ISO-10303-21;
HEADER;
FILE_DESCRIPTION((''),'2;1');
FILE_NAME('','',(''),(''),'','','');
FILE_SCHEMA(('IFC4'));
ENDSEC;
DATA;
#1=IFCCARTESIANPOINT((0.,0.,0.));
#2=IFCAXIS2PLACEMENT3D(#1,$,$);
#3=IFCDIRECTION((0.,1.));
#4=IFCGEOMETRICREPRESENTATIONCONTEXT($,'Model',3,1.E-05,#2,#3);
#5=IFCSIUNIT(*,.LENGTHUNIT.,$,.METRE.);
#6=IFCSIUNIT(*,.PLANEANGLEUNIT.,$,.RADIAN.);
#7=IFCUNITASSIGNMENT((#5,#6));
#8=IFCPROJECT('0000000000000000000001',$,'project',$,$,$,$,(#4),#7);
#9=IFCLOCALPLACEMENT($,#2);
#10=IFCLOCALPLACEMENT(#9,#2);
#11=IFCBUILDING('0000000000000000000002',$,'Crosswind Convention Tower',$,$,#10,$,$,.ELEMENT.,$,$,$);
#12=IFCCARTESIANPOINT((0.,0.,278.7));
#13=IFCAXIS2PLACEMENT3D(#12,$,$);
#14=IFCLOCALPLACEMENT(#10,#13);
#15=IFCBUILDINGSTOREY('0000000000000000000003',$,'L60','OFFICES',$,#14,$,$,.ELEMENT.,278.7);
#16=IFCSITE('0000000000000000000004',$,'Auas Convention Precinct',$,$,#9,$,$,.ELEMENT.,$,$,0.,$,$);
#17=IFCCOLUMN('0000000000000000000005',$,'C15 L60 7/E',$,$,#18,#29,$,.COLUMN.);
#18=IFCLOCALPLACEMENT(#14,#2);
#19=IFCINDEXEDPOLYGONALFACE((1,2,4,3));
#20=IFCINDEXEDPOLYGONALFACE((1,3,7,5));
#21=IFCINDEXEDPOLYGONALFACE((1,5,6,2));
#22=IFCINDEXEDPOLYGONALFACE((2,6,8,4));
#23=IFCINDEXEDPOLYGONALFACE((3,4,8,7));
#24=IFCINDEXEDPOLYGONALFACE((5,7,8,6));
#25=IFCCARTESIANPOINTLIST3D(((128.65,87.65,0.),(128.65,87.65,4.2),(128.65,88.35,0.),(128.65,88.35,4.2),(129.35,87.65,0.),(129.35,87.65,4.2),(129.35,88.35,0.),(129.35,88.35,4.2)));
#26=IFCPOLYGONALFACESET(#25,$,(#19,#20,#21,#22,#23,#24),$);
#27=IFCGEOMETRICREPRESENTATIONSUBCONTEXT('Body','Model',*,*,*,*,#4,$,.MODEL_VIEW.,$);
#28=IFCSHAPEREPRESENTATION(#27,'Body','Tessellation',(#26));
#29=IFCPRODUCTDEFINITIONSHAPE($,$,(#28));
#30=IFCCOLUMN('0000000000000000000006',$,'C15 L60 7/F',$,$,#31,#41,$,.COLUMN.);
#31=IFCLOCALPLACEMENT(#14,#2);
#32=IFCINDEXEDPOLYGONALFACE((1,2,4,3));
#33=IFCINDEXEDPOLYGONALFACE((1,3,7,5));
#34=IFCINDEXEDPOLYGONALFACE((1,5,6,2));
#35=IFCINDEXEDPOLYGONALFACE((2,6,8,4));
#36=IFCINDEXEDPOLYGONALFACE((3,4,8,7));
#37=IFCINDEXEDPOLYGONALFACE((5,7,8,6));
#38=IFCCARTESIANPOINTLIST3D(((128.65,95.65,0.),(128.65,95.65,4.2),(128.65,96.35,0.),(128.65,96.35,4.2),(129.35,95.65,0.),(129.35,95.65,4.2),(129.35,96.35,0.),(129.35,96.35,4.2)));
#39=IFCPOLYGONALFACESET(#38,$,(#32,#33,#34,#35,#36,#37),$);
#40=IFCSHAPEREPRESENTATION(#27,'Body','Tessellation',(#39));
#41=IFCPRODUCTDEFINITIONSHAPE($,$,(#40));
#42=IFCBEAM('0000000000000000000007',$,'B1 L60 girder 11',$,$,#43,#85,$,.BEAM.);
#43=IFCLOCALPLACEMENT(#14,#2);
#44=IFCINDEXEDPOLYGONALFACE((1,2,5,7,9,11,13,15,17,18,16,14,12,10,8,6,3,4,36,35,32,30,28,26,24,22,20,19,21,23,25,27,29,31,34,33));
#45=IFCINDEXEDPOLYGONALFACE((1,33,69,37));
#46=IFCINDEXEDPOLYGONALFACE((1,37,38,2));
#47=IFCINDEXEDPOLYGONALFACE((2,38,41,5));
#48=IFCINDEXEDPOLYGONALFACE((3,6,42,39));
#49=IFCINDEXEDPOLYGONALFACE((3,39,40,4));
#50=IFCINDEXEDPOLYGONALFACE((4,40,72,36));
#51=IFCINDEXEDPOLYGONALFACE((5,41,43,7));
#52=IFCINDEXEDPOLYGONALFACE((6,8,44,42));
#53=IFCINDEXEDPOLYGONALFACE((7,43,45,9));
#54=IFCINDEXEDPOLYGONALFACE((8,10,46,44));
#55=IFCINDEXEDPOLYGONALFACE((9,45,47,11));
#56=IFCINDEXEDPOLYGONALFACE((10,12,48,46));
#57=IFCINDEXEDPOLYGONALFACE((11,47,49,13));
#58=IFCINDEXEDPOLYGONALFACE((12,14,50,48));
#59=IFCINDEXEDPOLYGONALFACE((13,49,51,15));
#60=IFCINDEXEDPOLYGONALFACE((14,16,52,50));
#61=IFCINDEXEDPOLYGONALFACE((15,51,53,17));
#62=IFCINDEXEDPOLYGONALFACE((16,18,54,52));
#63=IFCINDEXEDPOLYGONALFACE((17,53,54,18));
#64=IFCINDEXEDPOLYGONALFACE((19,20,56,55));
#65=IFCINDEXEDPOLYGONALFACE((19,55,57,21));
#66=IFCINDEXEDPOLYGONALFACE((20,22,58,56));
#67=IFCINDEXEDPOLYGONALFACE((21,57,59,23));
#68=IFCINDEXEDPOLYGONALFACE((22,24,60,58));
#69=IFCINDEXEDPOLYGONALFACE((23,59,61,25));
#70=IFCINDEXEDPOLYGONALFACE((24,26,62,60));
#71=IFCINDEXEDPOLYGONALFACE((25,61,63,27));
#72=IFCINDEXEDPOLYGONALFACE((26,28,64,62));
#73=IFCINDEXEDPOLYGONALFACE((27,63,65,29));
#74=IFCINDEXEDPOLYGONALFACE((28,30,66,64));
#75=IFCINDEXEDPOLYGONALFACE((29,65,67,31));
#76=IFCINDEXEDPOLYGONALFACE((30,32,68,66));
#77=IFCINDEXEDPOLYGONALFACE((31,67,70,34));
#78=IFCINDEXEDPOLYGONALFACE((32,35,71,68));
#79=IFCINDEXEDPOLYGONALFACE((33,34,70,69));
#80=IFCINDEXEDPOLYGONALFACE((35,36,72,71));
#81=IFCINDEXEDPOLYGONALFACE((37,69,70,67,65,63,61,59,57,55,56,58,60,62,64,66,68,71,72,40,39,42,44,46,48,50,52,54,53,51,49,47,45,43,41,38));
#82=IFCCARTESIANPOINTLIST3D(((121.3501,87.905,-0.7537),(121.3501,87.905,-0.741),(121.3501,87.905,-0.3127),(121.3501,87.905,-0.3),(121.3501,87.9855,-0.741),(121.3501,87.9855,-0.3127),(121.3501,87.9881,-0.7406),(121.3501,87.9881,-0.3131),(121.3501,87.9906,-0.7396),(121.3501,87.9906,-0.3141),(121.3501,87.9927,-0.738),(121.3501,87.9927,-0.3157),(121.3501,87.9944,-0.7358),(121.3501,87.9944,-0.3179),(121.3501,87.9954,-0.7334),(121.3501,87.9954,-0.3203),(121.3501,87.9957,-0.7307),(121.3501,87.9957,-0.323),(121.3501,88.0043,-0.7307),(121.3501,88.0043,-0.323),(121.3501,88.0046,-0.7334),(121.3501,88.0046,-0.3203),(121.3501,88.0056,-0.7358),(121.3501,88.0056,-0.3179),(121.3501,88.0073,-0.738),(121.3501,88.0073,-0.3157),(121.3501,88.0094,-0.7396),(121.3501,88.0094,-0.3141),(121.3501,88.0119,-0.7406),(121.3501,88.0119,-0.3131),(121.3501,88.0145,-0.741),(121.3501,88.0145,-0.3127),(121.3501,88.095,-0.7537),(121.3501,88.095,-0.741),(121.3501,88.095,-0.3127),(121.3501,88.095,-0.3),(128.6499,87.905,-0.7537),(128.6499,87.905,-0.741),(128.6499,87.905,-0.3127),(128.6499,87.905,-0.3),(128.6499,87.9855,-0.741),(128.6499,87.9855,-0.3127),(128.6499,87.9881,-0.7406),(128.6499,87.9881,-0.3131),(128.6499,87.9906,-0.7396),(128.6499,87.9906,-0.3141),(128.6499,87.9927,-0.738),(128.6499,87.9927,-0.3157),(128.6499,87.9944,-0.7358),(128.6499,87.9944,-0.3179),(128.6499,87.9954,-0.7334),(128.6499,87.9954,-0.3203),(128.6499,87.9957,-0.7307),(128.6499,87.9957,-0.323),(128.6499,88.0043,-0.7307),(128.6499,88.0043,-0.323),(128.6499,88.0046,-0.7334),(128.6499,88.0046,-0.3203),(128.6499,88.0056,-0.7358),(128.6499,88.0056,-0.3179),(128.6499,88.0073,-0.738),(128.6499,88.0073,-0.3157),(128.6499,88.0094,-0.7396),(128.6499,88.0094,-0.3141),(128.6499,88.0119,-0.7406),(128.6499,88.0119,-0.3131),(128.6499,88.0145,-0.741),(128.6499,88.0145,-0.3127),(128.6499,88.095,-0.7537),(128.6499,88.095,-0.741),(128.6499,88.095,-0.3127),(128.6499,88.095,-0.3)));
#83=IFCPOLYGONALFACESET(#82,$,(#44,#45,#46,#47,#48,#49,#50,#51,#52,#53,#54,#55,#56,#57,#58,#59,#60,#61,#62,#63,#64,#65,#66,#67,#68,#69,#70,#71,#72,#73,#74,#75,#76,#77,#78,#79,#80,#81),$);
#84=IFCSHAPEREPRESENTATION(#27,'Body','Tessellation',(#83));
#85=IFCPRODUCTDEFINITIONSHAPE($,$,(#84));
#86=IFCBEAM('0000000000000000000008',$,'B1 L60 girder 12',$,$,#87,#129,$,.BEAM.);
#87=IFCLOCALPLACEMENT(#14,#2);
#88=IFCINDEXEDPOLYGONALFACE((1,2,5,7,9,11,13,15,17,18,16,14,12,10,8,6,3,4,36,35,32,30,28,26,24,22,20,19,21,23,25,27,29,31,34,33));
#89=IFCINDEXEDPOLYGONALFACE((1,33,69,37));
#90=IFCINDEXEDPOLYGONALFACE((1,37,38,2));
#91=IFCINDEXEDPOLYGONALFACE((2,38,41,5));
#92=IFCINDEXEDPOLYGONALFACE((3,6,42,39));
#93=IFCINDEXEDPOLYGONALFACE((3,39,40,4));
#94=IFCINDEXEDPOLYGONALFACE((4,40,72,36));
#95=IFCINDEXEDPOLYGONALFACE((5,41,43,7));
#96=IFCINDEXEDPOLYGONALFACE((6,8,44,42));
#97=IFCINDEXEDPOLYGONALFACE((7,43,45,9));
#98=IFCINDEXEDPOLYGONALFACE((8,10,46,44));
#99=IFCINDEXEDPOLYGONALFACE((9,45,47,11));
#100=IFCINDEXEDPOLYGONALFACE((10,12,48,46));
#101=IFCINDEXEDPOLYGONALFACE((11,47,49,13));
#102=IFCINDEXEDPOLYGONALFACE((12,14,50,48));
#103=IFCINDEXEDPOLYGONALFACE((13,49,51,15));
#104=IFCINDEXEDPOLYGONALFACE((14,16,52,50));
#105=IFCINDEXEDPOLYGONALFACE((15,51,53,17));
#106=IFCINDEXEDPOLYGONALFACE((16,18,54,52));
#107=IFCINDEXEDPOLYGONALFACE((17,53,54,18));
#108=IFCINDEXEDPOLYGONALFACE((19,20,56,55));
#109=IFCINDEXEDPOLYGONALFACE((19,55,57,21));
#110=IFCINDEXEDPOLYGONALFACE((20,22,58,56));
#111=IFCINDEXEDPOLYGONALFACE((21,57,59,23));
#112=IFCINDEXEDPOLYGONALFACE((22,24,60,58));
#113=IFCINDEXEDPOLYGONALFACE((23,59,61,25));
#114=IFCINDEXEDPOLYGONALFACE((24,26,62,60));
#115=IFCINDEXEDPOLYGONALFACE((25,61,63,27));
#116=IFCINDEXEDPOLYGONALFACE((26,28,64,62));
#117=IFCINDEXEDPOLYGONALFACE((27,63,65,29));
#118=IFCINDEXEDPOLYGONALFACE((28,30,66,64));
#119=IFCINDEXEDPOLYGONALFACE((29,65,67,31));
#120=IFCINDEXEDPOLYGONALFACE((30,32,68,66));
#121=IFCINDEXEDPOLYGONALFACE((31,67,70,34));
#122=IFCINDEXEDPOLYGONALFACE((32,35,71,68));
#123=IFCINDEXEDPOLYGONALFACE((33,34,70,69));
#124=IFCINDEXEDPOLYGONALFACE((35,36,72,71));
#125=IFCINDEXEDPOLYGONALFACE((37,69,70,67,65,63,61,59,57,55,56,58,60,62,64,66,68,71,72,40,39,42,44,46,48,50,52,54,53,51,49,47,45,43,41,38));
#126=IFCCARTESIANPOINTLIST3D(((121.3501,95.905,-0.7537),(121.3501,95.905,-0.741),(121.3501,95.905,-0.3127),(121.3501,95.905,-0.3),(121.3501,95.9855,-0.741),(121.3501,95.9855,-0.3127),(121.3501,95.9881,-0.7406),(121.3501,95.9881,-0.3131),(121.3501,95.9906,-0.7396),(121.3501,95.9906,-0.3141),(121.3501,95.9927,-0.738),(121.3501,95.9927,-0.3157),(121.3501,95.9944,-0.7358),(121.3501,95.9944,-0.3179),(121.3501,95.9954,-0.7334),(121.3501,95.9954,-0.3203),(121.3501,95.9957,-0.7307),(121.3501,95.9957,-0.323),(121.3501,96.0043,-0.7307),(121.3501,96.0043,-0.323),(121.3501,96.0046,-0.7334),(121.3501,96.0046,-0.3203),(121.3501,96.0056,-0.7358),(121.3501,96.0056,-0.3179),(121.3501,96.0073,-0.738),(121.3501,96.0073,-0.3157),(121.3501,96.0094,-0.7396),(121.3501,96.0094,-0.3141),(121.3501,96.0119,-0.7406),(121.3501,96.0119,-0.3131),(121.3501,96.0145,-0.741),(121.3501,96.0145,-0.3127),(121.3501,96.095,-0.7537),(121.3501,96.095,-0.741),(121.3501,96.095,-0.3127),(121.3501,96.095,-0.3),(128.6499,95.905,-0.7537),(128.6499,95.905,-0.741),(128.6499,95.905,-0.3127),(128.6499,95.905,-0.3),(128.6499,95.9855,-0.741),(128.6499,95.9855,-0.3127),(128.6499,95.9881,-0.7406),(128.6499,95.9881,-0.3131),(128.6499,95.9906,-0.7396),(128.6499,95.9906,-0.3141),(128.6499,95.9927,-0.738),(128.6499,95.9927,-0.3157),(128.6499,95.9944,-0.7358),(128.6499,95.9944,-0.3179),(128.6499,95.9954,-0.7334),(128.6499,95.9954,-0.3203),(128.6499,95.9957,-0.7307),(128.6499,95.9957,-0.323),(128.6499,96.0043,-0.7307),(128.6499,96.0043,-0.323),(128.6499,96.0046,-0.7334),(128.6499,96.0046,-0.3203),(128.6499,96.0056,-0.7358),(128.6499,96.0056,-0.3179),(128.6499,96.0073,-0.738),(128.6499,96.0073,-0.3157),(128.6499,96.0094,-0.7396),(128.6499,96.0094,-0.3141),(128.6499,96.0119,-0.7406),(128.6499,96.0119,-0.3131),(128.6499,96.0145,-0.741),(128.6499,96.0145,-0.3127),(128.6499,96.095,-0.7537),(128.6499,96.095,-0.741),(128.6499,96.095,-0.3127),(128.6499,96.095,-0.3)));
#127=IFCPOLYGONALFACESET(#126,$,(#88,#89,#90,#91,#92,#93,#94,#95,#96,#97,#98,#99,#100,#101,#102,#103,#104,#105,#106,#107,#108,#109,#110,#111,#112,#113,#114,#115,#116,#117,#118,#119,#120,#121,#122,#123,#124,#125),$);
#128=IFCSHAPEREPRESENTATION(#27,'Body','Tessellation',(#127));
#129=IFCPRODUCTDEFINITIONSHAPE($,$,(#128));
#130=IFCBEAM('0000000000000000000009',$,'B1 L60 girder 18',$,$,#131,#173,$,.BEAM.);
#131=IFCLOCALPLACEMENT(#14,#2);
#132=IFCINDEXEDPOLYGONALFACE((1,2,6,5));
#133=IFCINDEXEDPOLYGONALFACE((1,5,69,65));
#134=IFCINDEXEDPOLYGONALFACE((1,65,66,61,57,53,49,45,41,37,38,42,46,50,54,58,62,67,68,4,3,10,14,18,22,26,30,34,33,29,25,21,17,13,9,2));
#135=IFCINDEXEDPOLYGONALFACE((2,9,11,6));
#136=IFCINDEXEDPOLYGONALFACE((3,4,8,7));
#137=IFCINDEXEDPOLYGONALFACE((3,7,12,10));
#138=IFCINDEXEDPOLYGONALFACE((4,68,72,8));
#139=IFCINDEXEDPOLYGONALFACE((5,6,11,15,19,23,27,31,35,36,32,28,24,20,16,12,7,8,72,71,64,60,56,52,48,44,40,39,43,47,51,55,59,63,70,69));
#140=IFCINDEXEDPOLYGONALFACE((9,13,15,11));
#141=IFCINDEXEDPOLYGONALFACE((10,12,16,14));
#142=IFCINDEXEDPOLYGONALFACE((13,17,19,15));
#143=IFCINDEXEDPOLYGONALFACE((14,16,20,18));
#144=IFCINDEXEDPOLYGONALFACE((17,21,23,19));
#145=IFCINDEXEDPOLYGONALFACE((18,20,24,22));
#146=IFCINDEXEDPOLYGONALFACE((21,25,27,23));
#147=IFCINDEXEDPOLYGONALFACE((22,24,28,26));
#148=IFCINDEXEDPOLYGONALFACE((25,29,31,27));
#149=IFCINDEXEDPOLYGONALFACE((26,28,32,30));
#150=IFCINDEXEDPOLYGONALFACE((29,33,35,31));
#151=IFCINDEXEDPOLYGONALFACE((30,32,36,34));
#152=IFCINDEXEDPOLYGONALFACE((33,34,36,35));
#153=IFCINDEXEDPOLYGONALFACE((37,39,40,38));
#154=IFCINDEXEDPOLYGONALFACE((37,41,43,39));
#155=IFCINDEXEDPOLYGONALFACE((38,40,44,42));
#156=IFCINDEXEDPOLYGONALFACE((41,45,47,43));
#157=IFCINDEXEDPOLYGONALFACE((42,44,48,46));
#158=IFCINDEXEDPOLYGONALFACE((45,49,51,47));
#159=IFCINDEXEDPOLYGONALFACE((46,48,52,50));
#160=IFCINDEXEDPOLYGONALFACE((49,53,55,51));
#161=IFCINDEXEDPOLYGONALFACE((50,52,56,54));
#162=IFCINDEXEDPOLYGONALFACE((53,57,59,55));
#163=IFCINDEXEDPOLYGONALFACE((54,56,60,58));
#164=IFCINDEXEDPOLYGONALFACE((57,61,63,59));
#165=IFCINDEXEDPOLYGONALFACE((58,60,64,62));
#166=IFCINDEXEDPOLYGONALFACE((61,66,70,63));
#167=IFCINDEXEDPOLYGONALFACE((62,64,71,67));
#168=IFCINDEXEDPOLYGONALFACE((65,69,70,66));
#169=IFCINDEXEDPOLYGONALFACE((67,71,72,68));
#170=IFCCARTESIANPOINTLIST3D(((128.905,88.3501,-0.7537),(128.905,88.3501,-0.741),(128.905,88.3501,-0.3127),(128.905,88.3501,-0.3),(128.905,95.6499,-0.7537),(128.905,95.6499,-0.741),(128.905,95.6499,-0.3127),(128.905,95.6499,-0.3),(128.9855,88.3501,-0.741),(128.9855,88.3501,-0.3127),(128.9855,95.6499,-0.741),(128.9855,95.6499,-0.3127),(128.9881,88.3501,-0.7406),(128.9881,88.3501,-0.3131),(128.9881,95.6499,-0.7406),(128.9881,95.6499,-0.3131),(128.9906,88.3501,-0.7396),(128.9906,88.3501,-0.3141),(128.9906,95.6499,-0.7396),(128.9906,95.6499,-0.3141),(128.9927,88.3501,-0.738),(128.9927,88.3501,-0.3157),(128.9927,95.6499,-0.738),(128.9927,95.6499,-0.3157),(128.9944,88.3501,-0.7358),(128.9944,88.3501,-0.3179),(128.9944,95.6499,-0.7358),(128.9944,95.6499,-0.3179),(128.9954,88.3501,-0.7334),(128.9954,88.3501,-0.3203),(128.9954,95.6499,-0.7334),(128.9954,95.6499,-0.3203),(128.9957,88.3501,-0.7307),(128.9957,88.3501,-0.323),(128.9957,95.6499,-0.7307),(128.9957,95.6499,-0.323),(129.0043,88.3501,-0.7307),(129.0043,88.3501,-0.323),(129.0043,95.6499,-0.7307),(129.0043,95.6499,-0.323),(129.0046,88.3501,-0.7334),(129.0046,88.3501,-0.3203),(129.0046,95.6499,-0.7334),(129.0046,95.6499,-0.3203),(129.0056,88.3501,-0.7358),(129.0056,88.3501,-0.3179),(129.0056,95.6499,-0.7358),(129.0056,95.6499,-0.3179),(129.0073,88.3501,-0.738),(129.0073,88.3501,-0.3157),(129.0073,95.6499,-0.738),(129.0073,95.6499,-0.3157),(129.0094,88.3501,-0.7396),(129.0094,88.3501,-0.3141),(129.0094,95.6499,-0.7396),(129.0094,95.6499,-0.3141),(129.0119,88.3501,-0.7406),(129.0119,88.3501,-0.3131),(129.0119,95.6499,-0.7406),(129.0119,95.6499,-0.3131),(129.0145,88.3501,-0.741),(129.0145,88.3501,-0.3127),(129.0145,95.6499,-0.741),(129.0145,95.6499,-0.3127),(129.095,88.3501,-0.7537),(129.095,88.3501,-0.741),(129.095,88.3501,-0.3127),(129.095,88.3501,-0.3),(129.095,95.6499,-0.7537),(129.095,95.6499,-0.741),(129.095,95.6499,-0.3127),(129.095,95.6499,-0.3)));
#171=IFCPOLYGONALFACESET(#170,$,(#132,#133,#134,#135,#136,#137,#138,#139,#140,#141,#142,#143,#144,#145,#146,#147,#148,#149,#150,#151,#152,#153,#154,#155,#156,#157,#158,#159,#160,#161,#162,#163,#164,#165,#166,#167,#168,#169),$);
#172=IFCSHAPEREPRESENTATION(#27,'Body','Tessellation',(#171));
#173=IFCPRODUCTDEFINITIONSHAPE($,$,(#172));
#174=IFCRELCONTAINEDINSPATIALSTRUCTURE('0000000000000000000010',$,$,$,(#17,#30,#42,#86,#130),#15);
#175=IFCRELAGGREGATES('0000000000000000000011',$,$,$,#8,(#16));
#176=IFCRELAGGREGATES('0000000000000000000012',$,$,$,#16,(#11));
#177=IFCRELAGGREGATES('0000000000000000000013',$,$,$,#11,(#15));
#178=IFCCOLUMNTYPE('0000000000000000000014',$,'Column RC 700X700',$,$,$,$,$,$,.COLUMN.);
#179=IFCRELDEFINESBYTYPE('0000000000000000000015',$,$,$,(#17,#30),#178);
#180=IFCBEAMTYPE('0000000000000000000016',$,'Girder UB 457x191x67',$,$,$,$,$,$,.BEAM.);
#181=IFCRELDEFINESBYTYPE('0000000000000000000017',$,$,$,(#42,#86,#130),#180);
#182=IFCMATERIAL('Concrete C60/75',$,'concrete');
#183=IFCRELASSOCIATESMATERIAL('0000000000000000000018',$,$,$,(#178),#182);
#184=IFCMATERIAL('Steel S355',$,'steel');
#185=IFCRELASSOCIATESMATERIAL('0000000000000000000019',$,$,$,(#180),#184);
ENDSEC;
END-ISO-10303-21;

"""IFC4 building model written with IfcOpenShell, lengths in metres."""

from ifc_helpers import new_model, si_unit, direction, frame, origin, origin_2d, place, context, subcontext, project, spatial, rectangle, i_section, extrude, material, material_profile, profile_set, type_object, element, save


model = new_model("IFC4")

# Units and contexts
model_context = context("Model", 3, precision=1e-05, world=origin(), true_north=direction((0.0, 1.0)))
body_context = subcontext(model_context, "Body", "Model", "MODEL_VIEW")
ifc_project = project(units=[si_unit("LENGTHUNIT", "METRE"), si_unit("PLANEANGLEUNIT", "RADIAN")], contexts=[model_context])

# Site, building, storey
site_placement = place(None, origin())
site = spatial("IfcSite", under=ifc_project, at=site_placement, Name="Auas Convention Precinct", CompositionType="ELEMENT", RefElevation=0.0)
building_placement = place(site_placement, origin())
building = spatial("IfcBuilding", under=site, at=building_placement, Name="Crosswind Convention Tower", CompositionType="ELEMENT")
storey_placement = place(building_placement, frame((0.0, 0.0, 278.7)))
storey = spatial("IfcBuildingStorey", under=building, at=storey_placement, Name="L60", Description="OFFICES", CompositionType="ELEMENT", Elevation=278.7)

# Columns
ifc_material_1 = material(Name="Concrete C60/75", Category="concrete")
ifc_material_profile_1 = material_profile(ifc_material_1, rectangle(XDim=0.7, YDim=0.7, at=origin_2d()), Name="RC 700X700")
ifc_profile_set_1 = profile_set([ifc_material_profile_1], Name="Concrete C60/75")
column_type = type_object("IfcColumnType", Name="Column RC 700X700", PredefinedType="COLUMN", material=ifc_profile_set_1)
for number, where, z_axis, x_axis, name in (
    (1, (129.0, 88.0, 0.0), (0.0, 0.0, 1.0), (1.0, 0.0, 0.0), "C15 L60 7/E"),
    (2, (129.0, 96.0, 0.0), (0.0, 0.0, 1.0), (1.0, 0.0, 0.0), "C15 L60 7/F"),
):
    element("IfcColumn", number, at=place(storey_placement, frame(where, z_axis=z_axis, x_axis=x_axis)), inside=storey, type_object=column_type, Name=name, PredefinedType="COLUMN", context=body_context, shape_type="SweptSolid", body=[
        extrude(rectangle(XDim=0.7, YDim=0.7, at=origin_2d()), origin(), (0.0, 0.0, 1.0), 4.2),
    ])

# Beams
ifc_material_2 = material(Name="Steel S355", Category="steel")
ifc_material_profile_2 = material_profile(ifc_material_2, i_section(OverallWidth=0.1899, OverallDepth=0.4536, WebThickness=0.0085, FlangeThickness=0.0127, FilletRadius=0.0103, at=origin_2d()), Name="UB 457x191x67")
ifc_profile_set_2 = profile_set([ifc_material_profile_2], Name="Steel S355")
beam_type_1 = type_object("IfcBeamType", Name="Girder UB 457x191x67", PredefinedType="BEAM", material=ifc_profile_set_2)
for number, where, z_axis, x_axis, name in (
    (3, (121.3501, 88.0, -0.5269), (1.0, 0.0, 0.0), (0.0, 1.0, 0.0), "B1 L60 girder 11"),
    (4, (121.3501, 96.0, -0.5269), (1.0, 0.0, 0.0), (0.0, 1.0, 0.0), "B1 L60 girder 12"),
    (5, (129.0, 88.3501, -0.5269), (0.0, 1.0, 0.0), (-1.0, 0.0, 0.0), "B1 L60 girder 18"),
):
    element("IfcBeam", number, at=place(storey_placement, frame(where, z_axis=z_axis, x_axis=x_axis)), inside=storey, type_object=beam_type_1, Name=name, PredefinedType="BEAM", context=body_context, shape_type="SweptSolid", body=[
        extrude(i_section(OverallWidth=0.1899, OverallDepth=0.4536, WebThickness=0.0085, FlangeThickness=0.0127, FilletRadius=0.0103, at=origin_2d()), origin(), (0.0, 0.0, 1.0), 7.2998),
    ])

save(model, "model.ifc")
